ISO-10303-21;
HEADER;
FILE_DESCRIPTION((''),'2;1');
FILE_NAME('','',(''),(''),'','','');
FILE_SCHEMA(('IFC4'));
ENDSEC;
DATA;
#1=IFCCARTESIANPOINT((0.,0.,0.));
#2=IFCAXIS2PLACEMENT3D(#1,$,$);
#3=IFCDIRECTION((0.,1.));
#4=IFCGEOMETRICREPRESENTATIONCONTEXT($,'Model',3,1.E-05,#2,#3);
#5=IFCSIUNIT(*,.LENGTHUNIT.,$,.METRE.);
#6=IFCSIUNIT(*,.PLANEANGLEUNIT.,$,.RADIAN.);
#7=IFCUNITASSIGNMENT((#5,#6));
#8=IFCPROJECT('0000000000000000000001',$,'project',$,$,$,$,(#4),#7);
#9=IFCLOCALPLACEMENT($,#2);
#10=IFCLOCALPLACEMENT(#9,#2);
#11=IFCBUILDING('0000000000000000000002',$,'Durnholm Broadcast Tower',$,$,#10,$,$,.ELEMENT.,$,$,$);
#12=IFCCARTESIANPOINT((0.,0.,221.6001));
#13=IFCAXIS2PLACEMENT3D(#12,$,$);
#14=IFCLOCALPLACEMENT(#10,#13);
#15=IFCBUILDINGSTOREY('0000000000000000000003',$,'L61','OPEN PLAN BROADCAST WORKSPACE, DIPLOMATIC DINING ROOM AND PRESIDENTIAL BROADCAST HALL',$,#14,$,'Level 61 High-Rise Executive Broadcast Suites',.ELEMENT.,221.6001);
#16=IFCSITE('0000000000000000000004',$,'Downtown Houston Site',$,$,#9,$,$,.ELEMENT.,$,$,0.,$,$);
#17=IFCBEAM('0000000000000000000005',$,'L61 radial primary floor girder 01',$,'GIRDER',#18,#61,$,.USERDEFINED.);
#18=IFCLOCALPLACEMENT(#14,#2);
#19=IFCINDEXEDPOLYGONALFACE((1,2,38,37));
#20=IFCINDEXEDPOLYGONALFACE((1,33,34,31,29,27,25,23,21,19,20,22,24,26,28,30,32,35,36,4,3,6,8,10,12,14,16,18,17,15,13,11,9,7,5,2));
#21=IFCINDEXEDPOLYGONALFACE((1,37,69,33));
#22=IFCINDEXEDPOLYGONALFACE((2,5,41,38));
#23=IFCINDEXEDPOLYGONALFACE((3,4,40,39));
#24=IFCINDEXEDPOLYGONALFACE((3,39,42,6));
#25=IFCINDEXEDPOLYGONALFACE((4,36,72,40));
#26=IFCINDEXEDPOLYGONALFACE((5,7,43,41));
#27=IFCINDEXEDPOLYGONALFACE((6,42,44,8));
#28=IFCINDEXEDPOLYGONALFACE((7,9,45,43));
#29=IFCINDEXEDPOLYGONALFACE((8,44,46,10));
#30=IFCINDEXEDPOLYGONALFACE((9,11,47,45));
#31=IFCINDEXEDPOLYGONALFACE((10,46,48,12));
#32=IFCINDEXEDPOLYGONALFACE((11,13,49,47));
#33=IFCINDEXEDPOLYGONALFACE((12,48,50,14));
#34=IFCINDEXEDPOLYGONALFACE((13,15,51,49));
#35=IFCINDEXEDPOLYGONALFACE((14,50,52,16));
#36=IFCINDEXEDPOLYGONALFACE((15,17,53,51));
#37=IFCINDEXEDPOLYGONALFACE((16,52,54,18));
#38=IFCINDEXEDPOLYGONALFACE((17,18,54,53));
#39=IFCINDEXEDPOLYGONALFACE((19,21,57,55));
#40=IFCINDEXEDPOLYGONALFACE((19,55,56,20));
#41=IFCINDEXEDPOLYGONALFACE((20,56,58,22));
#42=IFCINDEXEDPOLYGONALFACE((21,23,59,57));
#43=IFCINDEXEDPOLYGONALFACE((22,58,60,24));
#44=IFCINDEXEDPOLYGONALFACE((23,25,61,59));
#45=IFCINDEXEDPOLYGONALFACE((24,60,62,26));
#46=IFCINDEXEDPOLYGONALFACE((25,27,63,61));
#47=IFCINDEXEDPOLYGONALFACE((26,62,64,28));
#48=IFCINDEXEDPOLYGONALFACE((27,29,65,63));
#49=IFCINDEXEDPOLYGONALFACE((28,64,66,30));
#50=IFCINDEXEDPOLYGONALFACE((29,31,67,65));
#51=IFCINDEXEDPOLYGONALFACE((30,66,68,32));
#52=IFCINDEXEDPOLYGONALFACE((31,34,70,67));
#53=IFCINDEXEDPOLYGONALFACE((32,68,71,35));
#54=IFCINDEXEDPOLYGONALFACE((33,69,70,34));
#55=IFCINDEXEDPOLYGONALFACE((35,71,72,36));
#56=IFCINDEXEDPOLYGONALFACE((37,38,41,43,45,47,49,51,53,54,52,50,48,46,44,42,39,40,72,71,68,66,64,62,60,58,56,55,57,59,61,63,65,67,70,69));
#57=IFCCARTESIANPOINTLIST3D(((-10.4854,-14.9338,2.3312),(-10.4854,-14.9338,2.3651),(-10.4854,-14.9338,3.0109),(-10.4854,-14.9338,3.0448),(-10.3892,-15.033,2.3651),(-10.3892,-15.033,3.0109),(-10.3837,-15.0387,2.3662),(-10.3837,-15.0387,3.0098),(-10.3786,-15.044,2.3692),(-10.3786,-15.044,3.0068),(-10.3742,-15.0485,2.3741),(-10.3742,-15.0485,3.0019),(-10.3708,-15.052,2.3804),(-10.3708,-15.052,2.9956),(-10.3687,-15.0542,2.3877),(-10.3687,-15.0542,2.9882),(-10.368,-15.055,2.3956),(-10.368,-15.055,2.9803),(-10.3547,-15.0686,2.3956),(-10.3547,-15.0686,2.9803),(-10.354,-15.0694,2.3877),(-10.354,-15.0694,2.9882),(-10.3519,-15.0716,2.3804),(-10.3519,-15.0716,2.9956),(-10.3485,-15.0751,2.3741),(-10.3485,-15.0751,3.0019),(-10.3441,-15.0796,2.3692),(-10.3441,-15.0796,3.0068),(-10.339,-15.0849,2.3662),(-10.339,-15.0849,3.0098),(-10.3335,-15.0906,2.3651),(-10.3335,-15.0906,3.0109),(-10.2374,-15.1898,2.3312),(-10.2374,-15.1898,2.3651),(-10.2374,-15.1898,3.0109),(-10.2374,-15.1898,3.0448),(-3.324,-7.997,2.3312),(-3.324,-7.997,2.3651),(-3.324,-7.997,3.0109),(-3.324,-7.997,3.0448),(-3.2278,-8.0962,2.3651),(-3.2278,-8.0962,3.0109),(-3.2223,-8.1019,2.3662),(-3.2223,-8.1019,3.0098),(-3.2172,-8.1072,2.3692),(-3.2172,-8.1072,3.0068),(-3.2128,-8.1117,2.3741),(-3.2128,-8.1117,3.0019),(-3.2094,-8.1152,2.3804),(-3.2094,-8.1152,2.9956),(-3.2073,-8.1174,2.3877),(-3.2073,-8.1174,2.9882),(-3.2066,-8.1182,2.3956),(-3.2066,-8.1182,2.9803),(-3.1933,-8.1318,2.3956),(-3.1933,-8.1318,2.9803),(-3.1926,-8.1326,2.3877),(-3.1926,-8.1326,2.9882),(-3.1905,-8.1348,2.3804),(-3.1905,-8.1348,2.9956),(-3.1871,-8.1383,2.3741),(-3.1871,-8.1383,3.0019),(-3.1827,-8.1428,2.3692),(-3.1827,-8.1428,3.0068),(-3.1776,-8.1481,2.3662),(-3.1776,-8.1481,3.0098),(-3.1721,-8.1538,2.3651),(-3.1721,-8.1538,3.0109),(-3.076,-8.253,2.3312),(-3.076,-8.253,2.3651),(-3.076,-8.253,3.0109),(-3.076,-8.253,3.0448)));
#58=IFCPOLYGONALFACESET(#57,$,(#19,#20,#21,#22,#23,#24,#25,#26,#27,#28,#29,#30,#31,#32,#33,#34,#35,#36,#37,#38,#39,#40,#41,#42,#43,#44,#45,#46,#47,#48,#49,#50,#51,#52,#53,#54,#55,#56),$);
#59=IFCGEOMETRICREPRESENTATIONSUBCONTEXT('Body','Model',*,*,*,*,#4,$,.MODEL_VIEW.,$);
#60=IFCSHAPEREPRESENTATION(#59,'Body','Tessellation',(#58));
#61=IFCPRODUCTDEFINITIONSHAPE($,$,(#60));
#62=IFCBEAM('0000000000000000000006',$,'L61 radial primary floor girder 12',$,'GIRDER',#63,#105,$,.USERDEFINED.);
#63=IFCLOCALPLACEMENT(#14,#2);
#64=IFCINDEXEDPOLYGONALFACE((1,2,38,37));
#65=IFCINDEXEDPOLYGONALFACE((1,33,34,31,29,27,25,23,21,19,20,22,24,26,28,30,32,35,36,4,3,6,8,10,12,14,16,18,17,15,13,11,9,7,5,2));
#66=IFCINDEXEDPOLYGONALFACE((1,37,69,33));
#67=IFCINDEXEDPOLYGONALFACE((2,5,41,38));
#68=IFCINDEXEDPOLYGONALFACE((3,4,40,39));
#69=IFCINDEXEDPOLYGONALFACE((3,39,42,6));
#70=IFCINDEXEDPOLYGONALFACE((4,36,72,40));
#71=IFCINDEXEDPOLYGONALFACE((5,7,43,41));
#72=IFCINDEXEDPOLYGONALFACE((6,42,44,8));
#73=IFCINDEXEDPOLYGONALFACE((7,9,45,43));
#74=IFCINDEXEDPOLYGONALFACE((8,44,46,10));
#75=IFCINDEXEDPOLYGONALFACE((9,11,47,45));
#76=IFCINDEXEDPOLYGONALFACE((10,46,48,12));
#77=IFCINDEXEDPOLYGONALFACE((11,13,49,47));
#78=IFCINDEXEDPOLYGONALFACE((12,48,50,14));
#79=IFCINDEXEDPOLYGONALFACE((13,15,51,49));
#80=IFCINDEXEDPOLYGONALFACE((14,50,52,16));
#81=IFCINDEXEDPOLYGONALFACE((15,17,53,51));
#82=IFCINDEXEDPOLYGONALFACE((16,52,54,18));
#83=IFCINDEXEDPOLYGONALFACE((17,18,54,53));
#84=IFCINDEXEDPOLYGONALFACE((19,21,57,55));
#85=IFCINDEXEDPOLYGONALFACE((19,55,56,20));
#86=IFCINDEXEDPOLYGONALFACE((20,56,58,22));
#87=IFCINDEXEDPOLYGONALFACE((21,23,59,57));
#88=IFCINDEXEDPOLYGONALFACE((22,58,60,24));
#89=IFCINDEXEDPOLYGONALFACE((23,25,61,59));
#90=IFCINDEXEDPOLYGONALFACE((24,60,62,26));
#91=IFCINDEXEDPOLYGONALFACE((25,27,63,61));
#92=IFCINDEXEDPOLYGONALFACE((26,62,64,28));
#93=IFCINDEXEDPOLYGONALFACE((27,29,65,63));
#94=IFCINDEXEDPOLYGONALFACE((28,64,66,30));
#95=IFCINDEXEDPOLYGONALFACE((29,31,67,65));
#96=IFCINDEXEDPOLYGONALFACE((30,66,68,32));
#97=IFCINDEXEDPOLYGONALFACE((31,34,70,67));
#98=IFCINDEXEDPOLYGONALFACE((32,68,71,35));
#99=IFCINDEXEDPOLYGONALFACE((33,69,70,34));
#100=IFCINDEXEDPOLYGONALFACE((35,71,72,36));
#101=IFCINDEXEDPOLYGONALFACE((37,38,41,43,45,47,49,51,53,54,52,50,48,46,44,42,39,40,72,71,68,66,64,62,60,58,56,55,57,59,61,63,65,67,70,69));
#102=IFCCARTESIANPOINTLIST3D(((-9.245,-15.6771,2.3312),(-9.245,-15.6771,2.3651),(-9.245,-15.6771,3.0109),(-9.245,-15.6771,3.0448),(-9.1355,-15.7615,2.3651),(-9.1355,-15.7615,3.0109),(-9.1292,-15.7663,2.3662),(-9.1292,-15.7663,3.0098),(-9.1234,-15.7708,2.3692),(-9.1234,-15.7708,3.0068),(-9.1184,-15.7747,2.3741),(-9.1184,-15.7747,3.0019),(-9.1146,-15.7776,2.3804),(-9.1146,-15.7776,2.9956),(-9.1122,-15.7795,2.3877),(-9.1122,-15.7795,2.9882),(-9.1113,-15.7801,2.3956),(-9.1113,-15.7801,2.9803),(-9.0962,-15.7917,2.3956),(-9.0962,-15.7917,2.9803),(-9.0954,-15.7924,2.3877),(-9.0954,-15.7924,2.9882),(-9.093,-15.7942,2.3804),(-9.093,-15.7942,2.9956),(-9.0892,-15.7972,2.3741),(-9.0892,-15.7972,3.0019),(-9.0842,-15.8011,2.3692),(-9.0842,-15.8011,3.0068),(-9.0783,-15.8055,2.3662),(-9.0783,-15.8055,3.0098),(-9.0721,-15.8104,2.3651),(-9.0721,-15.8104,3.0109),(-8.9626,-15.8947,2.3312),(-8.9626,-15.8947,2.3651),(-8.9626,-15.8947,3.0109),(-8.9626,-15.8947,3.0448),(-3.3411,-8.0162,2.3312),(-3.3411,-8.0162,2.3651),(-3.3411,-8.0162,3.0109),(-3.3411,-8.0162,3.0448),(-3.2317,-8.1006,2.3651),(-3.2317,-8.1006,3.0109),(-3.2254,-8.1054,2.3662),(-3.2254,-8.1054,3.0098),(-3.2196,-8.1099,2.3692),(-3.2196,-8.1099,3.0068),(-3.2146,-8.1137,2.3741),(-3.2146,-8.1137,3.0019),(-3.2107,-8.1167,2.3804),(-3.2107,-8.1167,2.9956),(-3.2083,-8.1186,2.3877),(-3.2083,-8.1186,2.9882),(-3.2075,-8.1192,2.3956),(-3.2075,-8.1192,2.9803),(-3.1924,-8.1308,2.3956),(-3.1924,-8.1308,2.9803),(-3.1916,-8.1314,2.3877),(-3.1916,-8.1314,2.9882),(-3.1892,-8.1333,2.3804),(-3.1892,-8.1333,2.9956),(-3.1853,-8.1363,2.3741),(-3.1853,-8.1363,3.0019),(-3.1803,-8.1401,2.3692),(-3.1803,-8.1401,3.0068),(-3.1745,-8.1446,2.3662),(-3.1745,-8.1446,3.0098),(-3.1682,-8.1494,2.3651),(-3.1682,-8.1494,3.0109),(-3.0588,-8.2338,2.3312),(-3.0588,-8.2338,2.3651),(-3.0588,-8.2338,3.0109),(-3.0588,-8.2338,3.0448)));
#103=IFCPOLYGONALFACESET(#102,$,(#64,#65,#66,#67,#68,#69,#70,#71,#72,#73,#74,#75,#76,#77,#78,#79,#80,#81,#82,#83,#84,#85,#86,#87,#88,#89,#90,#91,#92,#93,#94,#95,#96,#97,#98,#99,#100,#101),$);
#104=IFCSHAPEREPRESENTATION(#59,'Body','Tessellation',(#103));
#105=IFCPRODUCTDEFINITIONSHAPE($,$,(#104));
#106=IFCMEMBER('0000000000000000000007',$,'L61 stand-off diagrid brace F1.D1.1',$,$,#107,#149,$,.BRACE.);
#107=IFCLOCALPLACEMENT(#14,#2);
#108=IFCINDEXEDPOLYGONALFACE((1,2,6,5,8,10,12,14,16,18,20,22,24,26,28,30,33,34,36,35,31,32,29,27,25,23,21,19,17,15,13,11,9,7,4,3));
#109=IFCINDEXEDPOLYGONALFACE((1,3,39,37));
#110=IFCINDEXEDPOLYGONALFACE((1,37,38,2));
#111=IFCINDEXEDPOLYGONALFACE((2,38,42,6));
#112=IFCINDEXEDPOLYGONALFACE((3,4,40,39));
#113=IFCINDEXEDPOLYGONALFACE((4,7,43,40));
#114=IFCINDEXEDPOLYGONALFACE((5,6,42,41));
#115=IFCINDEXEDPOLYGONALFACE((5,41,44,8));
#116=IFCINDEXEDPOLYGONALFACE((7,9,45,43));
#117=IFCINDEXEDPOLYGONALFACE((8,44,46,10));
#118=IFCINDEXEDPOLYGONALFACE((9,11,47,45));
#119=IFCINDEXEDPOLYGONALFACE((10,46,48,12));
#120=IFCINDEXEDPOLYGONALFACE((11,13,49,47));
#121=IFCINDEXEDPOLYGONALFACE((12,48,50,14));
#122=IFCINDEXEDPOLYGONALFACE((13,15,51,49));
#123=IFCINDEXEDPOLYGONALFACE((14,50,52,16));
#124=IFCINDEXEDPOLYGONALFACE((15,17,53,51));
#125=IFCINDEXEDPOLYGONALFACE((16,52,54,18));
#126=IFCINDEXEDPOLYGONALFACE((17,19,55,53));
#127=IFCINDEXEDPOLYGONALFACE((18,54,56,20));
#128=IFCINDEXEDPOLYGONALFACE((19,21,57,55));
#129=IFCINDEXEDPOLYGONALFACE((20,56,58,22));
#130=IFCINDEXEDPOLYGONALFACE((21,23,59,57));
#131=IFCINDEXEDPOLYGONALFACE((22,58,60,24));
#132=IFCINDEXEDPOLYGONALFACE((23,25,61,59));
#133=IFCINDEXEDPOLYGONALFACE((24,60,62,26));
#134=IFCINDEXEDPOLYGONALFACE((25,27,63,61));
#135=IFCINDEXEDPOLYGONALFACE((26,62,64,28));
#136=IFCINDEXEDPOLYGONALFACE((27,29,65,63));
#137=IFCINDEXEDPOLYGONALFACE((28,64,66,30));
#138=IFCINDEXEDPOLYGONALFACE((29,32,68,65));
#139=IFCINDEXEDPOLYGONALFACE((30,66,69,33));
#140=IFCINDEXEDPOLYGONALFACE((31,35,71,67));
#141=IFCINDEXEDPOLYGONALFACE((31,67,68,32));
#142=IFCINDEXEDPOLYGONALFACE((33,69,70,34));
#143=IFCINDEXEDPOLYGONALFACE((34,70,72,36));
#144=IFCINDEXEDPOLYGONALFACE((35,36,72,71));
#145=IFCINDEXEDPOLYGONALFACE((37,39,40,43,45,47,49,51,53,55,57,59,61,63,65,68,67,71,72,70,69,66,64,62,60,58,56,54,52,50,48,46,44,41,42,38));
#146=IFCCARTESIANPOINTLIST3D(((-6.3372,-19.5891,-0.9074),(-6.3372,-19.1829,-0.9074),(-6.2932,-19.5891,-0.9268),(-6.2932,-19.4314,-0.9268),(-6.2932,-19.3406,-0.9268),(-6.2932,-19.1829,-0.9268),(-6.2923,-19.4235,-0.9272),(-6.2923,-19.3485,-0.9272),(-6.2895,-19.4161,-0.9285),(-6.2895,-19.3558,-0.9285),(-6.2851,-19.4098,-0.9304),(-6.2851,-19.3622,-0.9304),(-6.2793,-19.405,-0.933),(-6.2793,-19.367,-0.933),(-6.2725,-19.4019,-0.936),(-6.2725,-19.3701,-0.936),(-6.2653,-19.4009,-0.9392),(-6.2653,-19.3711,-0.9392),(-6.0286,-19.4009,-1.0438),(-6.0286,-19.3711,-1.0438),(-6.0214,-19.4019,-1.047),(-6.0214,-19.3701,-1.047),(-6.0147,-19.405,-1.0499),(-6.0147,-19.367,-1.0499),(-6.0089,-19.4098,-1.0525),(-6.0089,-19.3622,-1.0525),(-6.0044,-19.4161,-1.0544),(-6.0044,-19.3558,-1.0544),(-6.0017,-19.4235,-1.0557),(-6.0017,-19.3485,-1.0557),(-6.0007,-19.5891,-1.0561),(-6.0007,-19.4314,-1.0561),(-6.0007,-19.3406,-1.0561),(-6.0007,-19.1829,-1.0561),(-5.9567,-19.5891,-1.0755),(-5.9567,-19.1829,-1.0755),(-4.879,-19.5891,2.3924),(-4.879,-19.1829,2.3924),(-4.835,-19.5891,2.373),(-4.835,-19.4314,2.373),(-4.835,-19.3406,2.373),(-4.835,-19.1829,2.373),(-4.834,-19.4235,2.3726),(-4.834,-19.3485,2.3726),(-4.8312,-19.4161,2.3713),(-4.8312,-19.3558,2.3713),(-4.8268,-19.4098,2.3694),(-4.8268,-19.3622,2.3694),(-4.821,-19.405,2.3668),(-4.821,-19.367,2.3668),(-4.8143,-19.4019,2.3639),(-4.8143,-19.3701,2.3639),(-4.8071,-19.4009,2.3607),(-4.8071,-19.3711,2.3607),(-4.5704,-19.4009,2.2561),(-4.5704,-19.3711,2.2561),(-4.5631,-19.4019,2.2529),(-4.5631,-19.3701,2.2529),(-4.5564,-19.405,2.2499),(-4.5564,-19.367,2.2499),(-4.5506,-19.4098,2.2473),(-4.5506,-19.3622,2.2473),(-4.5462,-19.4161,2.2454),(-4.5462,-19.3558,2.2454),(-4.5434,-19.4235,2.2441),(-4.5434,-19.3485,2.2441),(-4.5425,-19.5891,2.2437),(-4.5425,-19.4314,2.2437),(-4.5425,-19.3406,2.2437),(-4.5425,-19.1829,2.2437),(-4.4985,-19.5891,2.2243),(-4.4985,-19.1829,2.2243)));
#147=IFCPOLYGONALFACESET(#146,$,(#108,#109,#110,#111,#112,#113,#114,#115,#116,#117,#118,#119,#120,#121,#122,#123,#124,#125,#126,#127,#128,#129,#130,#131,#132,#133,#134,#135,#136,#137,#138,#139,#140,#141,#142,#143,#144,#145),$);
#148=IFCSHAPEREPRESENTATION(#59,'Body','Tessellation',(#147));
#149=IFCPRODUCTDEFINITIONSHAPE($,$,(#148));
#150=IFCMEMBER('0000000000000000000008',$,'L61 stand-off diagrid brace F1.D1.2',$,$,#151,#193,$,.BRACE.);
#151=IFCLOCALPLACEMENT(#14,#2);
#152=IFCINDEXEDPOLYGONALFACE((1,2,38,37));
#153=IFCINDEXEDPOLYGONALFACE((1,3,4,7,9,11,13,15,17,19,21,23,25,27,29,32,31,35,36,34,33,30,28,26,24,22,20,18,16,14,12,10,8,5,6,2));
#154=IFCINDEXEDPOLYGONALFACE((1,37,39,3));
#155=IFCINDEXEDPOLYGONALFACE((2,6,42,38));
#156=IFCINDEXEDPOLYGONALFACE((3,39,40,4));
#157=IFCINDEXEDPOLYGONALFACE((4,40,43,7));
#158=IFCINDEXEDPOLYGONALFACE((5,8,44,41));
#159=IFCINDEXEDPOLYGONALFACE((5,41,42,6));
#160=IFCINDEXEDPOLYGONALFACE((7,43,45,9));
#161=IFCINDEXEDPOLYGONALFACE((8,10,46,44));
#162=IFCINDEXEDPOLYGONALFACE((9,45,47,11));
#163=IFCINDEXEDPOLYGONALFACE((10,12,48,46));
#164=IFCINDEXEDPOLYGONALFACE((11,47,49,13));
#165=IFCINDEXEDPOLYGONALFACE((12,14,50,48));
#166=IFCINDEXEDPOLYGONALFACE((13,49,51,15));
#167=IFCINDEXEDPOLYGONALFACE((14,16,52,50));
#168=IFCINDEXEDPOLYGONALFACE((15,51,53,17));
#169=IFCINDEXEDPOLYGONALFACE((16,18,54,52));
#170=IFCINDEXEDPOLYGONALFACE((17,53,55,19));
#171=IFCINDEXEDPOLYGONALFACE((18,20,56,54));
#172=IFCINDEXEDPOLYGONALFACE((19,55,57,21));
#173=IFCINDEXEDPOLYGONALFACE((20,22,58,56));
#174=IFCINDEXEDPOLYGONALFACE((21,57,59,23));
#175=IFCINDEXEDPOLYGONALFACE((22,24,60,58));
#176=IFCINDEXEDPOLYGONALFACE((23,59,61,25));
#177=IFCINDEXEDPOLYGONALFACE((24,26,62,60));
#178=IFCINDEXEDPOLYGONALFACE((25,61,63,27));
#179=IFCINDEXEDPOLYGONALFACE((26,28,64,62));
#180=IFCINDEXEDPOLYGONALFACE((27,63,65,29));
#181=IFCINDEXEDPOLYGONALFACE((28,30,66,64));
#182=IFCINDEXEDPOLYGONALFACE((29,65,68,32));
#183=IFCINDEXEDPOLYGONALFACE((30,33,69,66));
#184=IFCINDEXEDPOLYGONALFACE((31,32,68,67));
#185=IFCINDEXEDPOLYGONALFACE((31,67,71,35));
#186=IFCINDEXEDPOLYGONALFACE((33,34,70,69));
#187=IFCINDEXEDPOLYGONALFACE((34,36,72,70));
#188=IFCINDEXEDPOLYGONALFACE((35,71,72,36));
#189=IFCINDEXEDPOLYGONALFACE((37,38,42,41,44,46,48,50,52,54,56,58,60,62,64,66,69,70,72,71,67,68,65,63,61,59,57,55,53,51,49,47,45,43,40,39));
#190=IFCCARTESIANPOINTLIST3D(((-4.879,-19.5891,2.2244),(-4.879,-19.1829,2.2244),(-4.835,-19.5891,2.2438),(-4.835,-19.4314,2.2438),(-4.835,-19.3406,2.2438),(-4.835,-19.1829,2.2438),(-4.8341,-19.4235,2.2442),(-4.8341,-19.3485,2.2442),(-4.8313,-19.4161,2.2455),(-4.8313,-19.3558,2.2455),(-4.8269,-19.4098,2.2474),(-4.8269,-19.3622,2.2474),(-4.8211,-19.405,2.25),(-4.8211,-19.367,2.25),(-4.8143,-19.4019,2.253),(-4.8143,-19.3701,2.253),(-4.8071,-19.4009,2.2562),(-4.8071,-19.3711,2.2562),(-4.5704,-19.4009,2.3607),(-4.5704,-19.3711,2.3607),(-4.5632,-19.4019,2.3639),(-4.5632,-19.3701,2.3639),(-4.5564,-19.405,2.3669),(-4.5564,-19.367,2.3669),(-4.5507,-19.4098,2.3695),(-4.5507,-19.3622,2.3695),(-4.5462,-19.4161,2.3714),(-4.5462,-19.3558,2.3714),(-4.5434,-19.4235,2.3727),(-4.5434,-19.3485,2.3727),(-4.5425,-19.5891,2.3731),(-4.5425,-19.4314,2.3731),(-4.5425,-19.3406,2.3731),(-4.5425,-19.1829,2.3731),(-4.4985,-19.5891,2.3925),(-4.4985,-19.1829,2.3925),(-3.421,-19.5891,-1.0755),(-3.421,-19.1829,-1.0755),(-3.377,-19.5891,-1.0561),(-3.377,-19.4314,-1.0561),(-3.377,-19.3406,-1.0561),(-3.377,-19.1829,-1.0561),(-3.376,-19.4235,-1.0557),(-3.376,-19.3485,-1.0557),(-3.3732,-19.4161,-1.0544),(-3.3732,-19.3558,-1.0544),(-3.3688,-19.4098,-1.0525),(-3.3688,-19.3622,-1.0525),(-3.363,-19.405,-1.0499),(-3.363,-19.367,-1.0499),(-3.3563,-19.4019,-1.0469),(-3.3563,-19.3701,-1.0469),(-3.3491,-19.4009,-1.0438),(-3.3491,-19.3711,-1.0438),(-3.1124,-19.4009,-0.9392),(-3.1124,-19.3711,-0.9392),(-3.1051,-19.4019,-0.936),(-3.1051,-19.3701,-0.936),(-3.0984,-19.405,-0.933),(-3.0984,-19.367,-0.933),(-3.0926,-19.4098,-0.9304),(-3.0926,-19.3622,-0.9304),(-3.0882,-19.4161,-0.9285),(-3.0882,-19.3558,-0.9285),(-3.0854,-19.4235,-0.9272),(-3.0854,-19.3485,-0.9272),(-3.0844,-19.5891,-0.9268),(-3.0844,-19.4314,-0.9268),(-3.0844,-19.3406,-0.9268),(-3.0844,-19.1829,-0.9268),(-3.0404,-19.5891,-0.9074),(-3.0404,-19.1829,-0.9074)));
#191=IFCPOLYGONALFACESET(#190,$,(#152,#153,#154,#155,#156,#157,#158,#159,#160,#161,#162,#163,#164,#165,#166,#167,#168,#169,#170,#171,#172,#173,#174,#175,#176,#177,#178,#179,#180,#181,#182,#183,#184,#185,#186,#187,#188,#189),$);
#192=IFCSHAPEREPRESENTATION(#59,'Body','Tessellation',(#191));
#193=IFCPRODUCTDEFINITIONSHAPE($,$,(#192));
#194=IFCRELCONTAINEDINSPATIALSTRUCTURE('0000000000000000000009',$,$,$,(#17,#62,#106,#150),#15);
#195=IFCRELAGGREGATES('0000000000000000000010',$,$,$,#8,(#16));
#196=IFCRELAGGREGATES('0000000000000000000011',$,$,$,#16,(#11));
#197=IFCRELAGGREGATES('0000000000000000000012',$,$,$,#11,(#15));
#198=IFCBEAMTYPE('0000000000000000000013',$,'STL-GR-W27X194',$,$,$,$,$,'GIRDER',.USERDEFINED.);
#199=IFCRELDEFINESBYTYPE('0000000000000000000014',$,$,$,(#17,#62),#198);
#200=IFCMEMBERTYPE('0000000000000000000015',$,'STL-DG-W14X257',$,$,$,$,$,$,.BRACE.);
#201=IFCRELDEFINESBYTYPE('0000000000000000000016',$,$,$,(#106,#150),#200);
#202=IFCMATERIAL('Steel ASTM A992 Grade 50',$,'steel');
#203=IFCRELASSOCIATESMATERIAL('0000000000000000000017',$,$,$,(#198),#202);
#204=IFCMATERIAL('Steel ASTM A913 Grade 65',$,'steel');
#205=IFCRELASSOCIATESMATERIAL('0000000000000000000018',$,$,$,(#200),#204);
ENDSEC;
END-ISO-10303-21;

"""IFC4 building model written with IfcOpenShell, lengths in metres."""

from ifc_helpers import new_model, si_unit, direction, frame, origin, origin_2d, place, context, subcontext, project, spatial, i_section, extrude, source, transform, mapped, material, material_profile, profile_set, type_object, type_shapes, element, save


model = new_model("IFC4")

# Units and contexts
model_context = context("Model", 3, precision=1e-05, world=origin(), true_north=direction((0.0, 1.0)))
body_context = subcontext(model_context, "Body", "Model", "MODEL_VIEW")
ifc_project = project(units=[si_unit("LENGTHUNIT", "METRE"), si_unit("PLANEANGLEUNIT", "RADIAN")], contexts=[model_context])

# Site, building, storey
site_placement = place(None, origin())
site = spatial("IfcSite", under=ifc_project, at=site_placement, Name="Downtown Houston Site", CompositionType="ELEMENT", RefElevation=0.0)
building_placement = place(site_placement, origin())
building = spatial("IfcBuilding", under=site, at=building_placement, Name="Durnholm Broadcast Tower", CompositionType="ELEMENT")
storey_placement = place(building_placement, frame((0.0, 0.0, 221.6001)))
storey = spatial("IfcBuildingStorey", under=building, at=storey_placement, Name="L61", Description="OPEN PLAN BROADCAST WORKSPACE, DIPLOMATIC DINING ROOM AND PRESIDENTIAL BROADCAST HALL", LongName="Level 61 High-Rise Executive Broadcast Suites", CompositionType="ELEMENT", Elevation=221.6001)

# Beams
ifc_material_1 = material(Name="Steel ASTM A992 Grade 50", Category="steel")
ifc_material_profile_1 = material_profile(ifc_material_1, i_section(OverallWidth=0.3564, OverallDepth=0.7136, WebThickness=0.019, FlangeThickness=0.0339, FilletRadius=0.0305, at=origin_2d()), Name="W27X194")
ifc_profile_set_1 = profile_set([ifc_material_profile_1], Name="Steel ASTM A992 Grade 50")
beam_type_1 = type_object("IfcBeamType", Name="STL-GR-W27X194", ElementType="GIRDER", PredefinedType="USERDEFINED", material=ifc_profile_set_1)
shared_shape_1 = source(origin(), body_context, "Body", "SweptSolid", [
    extrude(i_section(OverallWidth=0.3564, OverallDepth=0.7136, WebThickness=0.019, FlangeThickness=0.0339, FilletRadius=0.0305, at=origin_2d()), origin(), (0.0, 0.0, 1.0), 9.9702),
])
beam_1_placement = place(storey_placement, frame((-3.2, -8.125, 2.688), z_axis=(-0.718281, -0.695753, 0.0), x_axis=(0.695753, -0.718281, 0.0)))
element("IfcBeam", 1, at=beam_1_placement, inside=storey, type_object=beam_type_1, Name="L61 radial primary floor girder 01", ObjectType="GIRDER", PredefinedType="USERDEFINED", context=body_context, shape_type="MappedRepresentation", body=[
    mapped(shared_shape_1, transform((0.0, 0.0, 0.0), x_axis=(1.0, 0.0, 0.0), y_axis=(0.0, 1.0, 0.0), z_axis=(0.0, 0.0, 1.0), scale=1.0)),
])
shared_shape_2 = source(origin(), body_context, "Body", "SweptSolid", [
    extrude(i_section(OverallWidth=0.3564, OverallDepth=0.7136, WebThickness=0.019, FlangeThickness=0.0339, FilletRadius=0.0305, at=origin_2d()), origin(), (0.0, 0.0, 1.0), 9.6719),
])
type_shapes(beam_type_1, [shared_shape_1, shared_shape_2])
beam_2_placement = place(storey_placement, frame((-3.2, -8.125, 2.688), z_axis=(-0.610413, -0.792083, 0.0), x_axis=(0.792083, -0.610413, 0.0)))
element("IfcBeam", 2, at=beam_2_placement, inside=storey, type_object=beam_type_1, Name="L61 radial primary floor girder 12", ObjectType="GIRDER", PredefinedType="USERDEFINED", context=body_context, shape_type="MappedRepresentation", body=[
    mapped(shared_shape_2, transform((0.0, 0.0, 0.0), x_axis=(1.0, 0.0, 0.0), y_axis=(0.0, 1.0, 0.0), z_axis=(0.0, 0.0, 1.0), scale=1.0)),
])

# Members
ifc_material_2 = material(Name="Steel ASTM A913 Grade 65", Category="steel")
ifc_material_profile_2 = material_profile(ifc_material_2, i_section(OverallWidth=0.4062, OverallDepth=0.416, WebThickness=0.0298, FlangeThickness=0.0481, FilletRadius=0.0305, at=origin_2d()), Name="W14X257")
ifc_profile_set_2 = profile_set([ifc_material_profile_2], Name="Steel ASTM A913 Grade 65")
member_type_1 = type_object("IfcMemberType", Name="STL-DG-W14X257", PredefinedType="BRACE", material=ifc_profile_set_2)
shared_shape_3 = source(origin(), body_context, "Body", "SweptSolid", [
    extrude(i_section(OverallWidth=0.4062, OverallDepth=0.416, WebThickness=0.0298, FlangeThickness=0.0481, FilletRadius=0.0305, at=origin_2d()), origin(), (0.0, 0.0, 1.0), 3.6077),
])
type_shapes(member_type_1, [shared_shape_3])
for number, where, z_axis, x_axis, name in (
    (3, (-6.147, -19.386, -0.9915), (0.40421, 0.0, 0.914666), (0.0, 1.0, 0.0), "L61 stand-off diagrid brace F1.D1.1"),
    (4, (-3.2307, -19.386, -0.9915), (-0.404153, 0.0, 0.914691), (0.0, -1.0, 0.0), "L61 stand-off diagrid brace F1.D1.2"),
):
    element("IfcMember", number, at=place(storey_placement, frame(where, z_axis=z_axis, x_axis=x_axis)), inside=storey, type_object=member_type_1, Name=name, PredefinedType="BRACE", context=body_context, shape_type="MappedRepresentation", body=[
        mapped(shared_shape_3, transform((0.0, 0.0, 0.0), x_axis=(1.0, 0.0, 0.0), y_axis=(0.0, 1.0, 0.0), z_axis=(0.0, 0.0, 1.0), scale=1.0)),
    ])

save(model, "model.ifc")
